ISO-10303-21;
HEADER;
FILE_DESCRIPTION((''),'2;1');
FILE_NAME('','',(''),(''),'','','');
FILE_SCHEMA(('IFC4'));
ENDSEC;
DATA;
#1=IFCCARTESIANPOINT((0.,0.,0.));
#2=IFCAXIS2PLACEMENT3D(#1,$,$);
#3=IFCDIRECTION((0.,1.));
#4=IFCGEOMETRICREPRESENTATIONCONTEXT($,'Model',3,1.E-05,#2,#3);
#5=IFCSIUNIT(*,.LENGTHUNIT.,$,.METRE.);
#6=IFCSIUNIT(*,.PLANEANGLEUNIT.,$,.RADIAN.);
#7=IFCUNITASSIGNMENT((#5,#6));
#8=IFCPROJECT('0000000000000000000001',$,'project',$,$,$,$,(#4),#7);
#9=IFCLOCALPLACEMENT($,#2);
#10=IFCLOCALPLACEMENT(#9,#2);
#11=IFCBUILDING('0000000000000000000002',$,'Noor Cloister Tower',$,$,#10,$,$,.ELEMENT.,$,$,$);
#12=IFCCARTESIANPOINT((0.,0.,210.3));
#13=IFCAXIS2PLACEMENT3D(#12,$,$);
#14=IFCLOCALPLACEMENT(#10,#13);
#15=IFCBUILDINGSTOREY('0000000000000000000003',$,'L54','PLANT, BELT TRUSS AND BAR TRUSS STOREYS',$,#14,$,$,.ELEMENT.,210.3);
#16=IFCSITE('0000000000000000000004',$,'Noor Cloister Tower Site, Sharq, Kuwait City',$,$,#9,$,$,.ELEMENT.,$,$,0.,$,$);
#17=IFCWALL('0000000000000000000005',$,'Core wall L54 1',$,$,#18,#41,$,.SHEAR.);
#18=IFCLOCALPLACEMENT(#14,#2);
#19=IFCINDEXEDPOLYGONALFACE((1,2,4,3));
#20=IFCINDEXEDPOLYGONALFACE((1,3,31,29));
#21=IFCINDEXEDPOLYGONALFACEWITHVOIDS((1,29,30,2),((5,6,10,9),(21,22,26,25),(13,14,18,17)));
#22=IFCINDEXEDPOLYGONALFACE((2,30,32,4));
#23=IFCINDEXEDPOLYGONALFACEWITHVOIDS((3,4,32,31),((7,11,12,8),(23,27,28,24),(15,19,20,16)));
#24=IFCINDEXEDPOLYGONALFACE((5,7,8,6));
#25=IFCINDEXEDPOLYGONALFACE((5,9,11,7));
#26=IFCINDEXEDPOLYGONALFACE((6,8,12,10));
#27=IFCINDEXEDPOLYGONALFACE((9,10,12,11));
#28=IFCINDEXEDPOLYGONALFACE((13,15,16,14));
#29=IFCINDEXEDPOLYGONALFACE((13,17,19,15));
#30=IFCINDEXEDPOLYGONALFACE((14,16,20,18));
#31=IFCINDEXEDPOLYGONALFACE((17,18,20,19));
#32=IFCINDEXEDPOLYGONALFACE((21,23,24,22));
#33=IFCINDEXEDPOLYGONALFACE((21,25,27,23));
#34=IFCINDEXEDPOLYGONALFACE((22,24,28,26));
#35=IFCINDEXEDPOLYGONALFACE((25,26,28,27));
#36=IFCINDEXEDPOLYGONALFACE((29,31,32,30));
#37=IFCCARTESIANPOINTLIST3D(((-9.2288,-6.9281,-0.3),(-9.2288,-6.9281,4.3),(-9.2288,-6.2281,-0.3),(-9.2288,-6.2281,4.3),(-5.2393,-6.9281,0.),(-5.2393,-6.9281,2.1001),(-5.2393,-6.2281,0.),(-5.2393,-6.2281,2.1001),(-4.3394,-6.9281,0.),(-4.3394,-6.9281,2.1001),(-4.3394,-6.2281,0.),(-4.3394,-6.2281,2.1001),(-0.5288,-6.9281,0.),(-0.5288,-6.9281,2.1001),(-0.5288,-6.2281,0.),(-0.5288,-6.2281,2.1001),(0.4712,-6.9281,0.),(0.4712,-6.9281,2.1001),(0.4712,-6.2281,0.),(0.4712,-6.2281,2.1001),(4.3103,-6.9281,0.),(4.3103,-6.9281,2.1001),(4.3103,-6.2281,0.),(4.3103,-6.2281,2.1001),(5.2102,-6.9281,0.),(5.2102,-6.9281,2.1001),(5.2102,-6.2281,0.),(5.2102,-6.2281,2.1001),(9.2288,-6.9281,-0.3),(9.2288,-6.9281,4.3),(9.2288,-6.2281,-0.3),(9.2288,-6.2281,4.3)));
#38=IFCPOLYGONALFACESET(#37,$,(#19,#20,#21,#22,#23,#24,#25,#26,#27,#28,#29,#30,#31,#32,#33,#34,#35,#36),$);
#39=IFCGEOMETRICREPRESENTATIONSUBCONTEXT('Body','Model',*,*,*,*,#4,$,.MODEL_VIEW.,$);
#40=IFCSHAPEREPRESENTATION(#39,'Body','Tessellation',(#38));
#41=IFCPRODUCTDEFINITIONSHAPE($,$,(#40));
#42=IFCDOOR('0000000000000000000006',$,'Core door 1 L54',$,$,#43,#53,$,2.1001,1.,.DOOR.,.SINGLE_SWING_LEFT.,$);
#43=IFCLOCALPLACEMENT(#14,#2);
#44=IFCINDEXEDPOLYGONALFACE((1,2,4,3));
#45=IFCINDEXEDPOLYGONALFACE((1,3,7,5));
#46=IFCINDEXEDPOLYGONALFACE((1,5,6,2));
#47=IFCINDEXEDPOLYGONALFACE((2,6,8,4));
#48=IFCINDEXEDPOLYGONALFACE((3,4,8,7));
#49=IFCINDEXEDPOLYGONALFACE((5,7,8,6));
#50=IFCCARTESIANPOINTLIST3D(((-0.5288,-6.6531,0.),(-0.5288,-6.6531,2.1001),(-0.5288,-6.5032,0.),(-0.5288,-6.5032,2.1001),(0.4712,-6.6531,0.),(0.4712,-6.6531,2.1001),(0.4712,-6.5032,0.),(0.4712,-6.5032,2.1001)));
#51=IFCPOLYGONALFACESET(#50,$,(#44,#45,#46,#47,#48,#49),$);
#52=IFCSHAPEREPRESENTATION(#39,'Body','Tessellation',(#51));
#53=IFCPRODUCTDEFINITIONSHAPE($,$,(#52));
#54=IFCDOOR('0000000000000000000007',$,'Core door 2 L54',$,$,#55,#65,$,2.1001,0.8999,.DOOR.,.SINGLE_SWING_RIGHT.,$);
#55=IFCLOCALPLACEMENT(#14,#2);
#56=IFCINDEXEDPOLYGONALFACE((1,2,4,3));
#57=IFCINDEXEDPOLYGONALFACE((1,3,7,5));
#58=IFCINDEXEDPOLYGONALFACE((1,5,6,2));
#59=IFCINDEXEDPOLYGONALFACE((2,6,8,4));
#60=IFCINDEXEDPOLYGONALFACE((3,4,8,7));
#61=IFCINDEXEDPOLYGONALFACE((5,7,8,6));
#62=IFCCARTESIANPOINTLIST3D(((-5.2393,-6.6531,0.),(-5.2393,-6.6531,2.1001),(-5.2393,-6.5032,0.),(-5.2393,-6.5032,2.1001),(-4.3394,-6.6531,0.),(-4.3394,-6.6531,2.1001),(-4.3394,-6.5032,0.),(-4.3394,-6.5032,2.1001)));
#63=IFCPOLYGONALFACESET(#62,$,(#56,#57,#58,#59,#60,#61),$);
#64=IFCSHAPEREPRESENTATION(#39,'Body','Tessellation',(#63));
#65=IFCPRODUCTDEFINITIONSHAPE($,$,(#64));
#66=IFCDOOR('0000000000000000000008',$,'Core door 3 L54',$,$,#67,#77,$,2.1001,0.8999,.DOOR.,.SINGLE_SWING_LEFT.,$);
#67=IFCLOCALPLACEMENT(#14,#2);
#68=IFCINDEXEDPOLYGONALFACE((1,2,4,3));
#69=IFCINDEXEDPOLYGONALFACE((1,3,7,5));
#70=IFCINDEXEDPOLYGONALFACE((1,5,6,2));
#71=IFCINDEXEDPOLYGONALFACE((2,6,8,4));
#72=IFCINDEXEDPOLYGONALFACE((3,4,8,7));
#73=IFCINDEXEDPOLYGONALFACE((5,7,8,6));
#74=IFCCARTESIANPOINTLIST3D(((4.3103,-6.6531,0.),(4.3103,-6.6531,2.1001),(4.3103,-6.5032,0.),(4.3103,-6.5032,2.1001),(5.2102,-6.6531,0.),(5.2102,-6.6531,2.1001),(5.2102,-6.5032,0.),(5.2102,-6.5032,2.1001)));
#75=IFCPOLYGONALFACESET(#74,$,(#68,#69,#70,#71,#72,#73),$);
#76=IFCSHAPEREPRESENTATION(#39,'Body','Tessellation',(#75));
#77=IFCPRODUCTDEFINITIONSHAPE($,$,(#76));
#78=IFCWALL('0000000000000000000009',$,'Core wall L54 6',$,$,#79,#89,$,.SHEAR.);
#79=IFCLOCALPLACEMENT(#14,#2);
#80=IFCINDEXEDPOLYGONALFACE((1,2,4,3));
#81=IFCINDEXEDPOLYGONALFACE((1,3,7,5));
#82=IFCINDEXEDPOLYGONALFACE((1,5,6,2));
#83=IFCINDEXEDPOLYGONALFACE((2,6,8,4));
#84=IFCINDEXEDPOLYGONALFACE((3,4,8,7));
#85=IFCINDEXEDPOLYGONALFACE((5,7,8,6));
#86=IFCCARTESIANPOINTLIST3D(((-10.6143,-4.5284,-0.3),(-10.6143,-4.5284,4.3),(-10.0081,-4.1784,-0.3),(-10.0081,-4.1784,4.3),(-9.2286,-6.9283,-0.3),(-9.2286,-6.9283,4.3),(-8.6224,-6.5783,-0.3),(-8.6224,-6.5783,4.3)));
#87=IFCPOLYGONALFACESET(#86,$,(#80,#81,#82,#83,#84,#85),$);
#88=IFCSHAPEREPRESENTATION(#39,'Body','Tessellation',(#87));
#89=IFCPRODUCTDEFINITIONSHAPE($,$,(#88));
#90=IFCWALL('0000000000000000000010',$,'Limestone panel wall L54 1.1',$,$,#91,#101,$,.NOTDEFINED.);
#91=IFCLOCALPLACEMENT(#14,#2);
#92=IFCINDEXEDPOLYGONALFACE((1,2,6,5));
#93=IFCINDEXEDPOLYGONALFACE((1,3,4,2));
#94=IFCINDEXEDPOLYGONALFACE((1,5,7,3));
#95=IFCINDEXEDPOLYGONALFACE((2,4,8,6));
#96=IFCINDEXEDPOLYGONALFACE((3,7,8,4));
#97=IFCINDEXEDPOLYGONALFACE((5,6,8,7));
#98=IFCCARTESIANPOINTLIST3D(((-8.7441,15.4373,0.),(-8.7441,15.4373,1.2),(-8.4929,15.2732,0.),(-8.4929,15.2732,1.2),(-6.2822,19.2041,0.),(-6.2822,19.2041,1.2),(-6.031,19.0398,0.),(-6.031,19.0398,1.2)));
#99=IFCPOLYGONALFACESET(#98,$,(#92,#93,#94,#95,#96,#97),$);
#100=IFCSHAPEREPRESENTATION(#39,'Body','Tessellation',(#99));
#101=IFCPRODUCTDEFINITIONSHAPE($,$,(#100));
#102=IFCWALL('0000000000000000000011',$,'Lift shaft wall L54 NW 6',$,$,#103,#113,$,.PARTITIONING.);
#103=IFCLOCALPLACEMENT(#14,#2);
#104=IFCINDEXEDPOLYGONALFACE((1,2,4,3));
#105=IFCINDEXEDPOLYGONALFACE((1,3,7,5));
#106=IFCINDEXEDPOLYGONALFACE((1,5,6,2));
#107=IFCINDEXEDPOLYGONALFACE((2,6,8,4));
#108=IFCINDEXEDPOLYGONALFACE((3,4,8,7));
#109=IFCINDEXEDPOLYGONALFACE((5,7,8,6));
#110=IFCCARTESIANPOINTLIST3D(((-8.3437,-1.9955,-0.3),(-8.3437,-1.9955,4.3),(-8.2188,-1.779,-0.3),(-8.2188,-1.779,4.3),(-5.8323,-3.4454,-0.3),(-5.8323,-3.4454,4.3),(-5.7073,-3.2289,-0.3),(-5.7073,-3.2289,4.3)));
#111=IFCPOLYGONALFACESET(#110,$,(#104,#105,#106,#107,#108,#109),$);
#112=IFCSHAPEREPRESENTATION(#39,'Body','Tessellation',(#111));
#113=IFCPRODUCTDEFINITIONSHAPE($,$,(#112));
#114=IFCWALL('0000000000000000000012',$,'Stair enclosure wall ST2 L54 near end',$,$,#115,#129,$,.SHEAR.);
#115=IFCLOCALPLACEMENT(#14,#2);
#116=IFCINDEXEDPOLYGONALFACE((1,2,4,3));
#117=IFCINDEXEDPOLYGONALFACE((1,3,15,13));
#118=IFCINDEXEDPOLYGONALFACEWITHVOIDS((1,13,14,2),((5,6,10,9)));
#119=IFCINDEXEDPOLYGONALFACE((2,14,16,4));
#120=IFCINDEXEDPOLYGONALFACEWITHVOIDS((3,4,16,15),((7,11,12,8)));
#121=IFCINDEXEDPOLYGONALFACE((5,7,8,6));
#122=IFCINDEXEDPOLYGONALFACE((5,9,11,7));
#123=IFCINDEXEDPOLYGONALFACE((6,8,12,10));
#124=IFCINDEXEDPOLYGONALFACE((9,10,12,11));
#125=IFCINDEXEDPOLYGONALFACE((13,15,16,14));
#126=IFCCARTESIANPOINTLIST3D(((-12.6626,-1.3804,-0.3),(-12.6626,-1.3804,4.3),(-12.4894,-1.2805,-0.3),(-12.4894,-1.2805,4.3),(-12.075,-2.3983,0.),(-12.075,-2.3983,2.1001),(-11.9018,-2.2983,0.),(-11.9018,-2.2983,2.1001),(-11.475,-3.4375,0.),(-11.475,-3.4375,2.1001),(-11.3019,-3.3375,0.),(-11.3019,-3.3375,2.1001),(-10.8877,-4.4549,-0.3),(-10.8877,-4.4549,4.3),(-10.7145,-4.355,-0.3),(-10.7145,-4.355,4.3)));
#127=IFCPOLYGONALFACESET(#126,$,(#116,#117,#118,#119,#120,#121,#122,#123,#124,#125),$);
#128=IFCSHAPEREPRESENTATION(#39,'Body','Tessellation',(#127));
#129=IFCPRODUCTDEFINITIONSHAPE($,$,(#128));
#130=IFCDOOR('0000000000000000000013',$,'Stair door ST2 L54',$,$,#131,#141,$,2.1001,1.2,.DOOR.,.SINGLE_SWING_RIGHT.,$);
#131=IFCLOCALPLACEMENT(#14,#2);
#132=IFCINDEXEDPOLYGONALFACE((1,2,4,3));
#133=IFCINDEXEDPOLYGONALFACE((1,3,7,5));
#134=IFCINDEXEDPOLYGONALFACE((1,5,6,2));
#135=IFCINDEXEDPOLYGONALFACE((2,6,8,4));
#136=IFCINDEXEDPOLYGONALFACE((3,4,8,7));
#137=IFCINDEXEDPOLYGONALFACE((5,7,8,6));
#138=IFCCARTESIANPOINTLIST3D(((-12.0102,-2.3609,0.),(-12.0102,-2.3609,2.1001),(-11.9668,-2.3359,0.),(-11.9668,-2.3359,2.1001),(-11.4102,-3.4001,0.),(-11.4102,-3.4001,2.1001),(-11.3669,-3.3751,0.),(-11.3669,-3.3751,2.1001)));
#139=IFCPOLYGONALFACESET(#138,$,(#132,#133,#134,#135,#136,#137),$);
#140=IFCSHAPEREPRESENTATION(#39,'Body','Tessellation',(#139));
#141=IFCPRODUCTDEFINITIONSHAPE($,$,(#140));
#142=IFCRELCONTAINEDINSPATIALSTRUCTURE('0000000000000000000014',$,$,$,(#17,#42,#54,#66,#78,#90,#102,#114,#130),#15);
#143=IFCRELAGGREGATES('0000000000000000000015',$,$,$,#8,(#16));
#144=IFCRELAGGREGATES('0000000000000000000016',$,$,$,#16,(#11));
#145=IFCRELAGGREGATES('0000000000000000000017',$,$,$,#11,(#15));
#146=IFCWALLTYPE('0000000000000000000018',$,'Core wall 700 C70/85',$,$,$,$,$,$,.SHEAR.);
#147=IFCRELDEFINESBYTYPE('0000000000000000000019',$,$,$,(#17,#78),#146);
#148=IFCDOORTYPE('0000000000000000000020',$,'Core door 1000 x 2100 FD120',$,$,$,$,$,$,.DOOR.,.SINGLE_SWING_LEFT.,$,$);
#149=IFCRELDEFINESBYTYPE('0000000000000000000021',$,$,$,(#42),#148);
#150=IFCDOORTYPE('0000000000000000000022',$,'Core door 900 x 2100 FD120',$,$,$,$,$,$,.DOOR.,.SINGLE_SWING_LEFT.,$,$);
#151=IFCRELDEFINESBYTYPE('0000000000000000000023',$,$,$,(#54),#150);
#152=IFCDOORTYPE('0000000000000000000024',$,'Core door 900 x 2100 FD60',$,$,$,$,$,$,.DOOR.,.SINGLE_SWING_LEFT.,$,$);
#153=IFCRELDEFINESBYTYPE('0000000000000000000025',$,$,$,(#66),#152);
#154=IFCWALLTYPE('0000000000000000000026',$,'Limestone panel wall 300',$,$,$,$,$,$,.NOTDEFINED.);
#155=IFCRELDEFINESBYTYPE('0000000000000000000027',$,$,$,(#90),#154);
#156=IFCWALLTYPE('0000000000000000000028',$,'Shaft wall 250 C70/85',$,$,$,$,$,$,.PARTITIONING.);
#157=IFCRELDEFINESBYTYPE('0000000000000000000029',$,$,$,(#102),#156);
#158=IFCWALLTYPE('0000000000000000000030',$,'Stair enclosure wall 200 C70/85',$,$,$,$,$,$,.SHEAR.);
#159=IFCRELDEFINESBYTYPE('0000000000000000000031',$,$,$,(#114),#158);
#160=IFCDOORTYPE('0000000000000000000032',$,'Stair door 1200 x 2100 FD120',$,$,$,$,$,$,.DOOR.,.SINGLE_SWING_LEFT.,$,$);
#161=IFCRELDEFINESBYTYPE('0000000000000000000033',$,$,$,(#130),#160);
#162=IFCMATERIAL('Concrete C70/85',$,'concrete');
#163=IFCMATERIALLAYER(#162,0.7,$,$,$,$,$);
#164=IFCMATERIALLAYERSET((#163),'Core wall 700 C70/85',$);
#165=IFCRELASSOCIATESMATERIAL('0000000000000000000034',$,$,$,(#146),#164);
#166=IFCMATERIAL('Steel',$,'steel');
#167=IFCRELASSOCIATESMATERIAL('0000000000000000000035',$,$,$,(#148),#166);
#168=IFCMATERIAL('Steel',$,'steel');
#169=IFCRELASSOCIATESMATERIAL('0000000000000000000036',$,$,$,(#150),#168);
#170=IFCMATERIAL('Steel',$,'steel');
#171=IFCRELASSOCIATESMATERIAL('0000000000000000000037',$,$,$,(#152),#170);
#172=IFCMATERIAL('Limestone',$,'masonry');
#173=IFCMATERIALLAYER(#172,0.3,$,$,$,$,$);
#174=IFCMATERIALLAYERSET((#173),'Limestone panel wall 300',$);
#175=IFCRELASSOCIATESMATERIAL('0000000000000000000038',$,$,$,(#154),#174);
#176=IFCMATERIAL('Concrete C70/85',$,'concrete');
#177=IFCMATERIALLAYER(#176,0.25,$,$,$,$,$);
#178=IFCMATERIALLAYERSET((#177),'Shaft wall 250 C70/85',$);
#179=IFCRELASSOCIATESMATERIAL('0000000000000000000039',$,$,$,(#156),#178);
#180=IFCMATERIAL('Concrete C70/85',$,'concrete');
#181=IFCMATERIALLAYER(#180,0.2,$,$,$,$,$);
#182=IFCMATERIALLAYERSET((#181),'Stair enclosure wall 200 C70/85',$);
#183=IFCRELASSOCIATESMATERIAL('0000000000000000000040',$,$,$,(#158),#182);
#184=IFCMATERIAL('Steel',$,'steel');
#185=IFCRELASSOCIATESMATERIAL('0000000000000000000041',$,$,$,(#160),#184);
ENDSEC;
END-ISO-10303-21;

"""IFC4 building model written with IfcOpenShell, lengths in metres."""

from ifc_helpers import new_model, si_unit, direction, frame, frame_2d, origin, place, context, subcontext, project, spatial, polyline, rectangle, outline, extrude, material, layer, layer_set, type_object, element, fill, save


model = new_model("IFC4")

# Units and contexts
model_context = context("Model", 3, precision=1e-05, world=origin(), true_north=direction((0.0, 1.0)))
body_context = subcontext(model_context, "Body", "Model", "MODEL_VIEW")
ifc_project = project(units=[si_unit("LENGTHUNIT", "METRE"), si_unit("PLANEANGLEUNIT", "RADIAN")], contexts=[model_context])

# Site, building, storey
site_placement = place(None, origin())
site = spatial("IfcSite", under=ifc_project, at=site_placement, Name="Noor Cloister Tower Site, Sharq, Kuwait City", CompositionType="ELEMENT", RefElevation=0.0)
building_placement = place(site_placement, origin())
building = spatial("IfcBuilding", under=site, at=building_placement, Name="Noor Cloister Tower", CompositionType="ELEMENT")
storey_placement = place(building_placement, frame((0.0, 0.0, 210.3)))
storey = spatial("IfcBuildingStorey", under=building, at=storey_placement, Name="L54", Description="PLANT, BELT TRUSS AND BAR TRUSS STOREYS", CompositionType="ELEMENT", Elevation=210.3)

# Wall, openings, doors
ifc_material_1 = material(Name="Concrete C70/85", Category="concrete")
ifc_layer_1 = layer(ifc_material_1, 0.7)
ifc_layer_set_1 = layer_set([ifc_layer_1], Name="Core wall 700 C70/85")
wall_type_1 = type_object("IfcWallType", Name="Core wall 700 C70/85", PredefinedType="SHEAR", material=ifc_layer_set_1)
wall_1_placement = place(storey_placement, frame((-9.2288, -6.5781, -0.3), z_axis=(0.0, 0.0, 1.0), x_axis=(1.0, 0.0, 0.0)))
wall_1 = element("IfcWall", 1, at=wall_1_placement, inside=storey, type_object=wall_type_1, Name="Core wall L54 1", PredefinedType="SHEAR", context=body_context, shape_type="SweptSolid", body=[
    extrude(rectangle(XDim=18.4575, YDim=0.7, at=frame_2d((9.2288, 0.0))), origin(), (0.0, 0.0, 1.0), 4.6001),
])
opening_1_placement = place(wall_1_placement, frame((8.7, 0.0, 0.3)))
opening_1 = element("IfcOpeningElement", 2, at=opening_1_placement, cuts=wall_1, PredefinedType="OPENING", context=body_context, shape_type="SweptSolid", body=[
    extrude(rectangle(XDim=1.0, YDim=2.1001, at=frame_2d((0.5, 1.05))), frame((0.0, 0.3599, 0.0), z_axis=(0.0, -1.0, 0.0), x_axis=(1.0, 0.0, 0.0)), (0.0, 0.0, 1.0), 0.72),
])
opening_2_placement = place(wall_1_placement, frame((3.9895, 0.0, 0.3)))
opening_2 = element("IfcOpeningElement", 3, at=opening_2_placement, cuts=wall_1, PredefinedType="OPENING", context=body_context, shape_type="SweptSolid", body=[
    extrude(rectangle(XDim=0.8999, YDim=2.1001, at=frame_2d((0.45, 1.05))), frame((0.0, 0.3599, 0.0), z_axis=(0.0, -1.0, 0.0), x_axis=(1.0, 0.0, 0.0)), (0.0, 0.0, 1.0), 0.72),
])
opening_3_placement = place(wall_1_placement, frame((13.5391, 0.0, 0.3)))
opening_3 = element("IfcOpeningElement", 4, at=opening_3_placement, cuts=wall_1, PredefinedType="OPENING", context=body_context, shape_type="SweptSolid", body=[
    extrude(rectangle(XDim=0.8999, YDim=2.1001, at=frame_2d((0.45, 1.05))), frame((0.0, 0.3599, 0.0), z_axis=(0.0, -1.0, 0.0), x_axis=(1.0, 0.0, 0.0)), (0.0, 0.0, 1.0), 0.72),
])
ifc_material_2 = material(Name="Steel", Category="steel")
door_type_1 = type_object("IfcDoorType", Name="Core door 1000 x 2100 FD120", OperationType="SINGLE_SWING_LEFT", PredefinedType="DOOR", material=ifc_material_2)
door_1_placement = place(opening_1_placement, origin())
door_1 = element("IfcDoor", 5, at=door_1_placement, inside=storey, type_object=door_type_1, Name="Core door 1 L54", OperationType="SINGLE_SWING_LEFT", OverallHeight=2.1001, OverallWidth=1.0, PredefinedType="DOOR", context=body_context, shape_type="SweptSolid", body=[
    extrude(rectangle(XDim=1.0, YDim=2.1001, at=frame_2d((0.5, 1.05))), frame((0.0, 0.075, 0.0), z_axis=(0.0, -1.0, 0.0), x_axis=(1.0, 0.0, 0.0)), (0.0, 0.0, 1.0), 0.1499),
])
fill(opening_1, door_1)
ifc_material_3 = material(Name="Steel", Category="steel")
door_type_2 = type_object("IfcDoorType", Name="Core door 900 x 2100 FD120", OperationType="SINGLE_SWING_LEFT", PredefinedType="DOOR", material=ifc_material_3)
door_2_placement = place(opening_2_placement, origin())
door_2 = element("IfcDoor", 6, at=door_2_placement, inside=storey, type_object=door_type_2, Name="Core door 2 L54", OperationType="SINGLE_SWING_RIGHT", OverallHeight=2.1001, OverallWidth=0.8999, PredefinedType="DOOR", context=body_context, shape_type="SweptSolid", body=[
    extrude(rectangle(XDim=0.8999, YDim=2.1001, at=frame_2d((0.45, 1.05))), frame((0.0, 0.075, 0.0), z_axis=(0.0, -1.0, 0.0), x_axis=(1.0, 0.0, 0.0)), (0.0, 0.0, 1.0), 0.1499),
])
fill(opening_2, door_2)
ifc_material_4 = material(Name="Steel", Category="steel")
door_type_3 = type_object("IfcDoorType", Name="Core door 900 x 2100 FD60", OperationType="SINGLE_SWING_LEFT", PredefinedType="DOOR", material=ifc_material_4)
door_3_placement = place(opening_3_placement, origin())
door_3 = element("IfcDoor", 7, at=door_3_placement, inside=storey, type_object=door_type_3, Name="Core door 3 L54", OperationType="SINGLE_SWING_LEFT", OverallHeight=2.1001, OverallWidth=0.8999, PredefinedType="DOOR", context=body_context, shape_type="SweptSolid", body=[
    extrude(rectangle(XDim=0.8999, YDim=2.1001, at=frame_2d((0.45, 1.05))), frame((0.0, 0.075, 0.0), z_axis=(0.0, -1.0, 0.0), x_axis=(1.0, 0.0, 0.0)), (0.0, 0.0, 1.0), 0.1499),
])
fill(opening_3, door_3)

# Walls
wall_2_placement = place(storey_placement, frame((-10.3113, -4.3533, -0.3), z_axis=(0.0, 0.0, 1.0), x_axis=(0.500043, -0.866001, 0.0)))
element("IfcWall", 8, at=wall_2_placement, inside=storey, type_object=wall_type_1, Name="Core wall L54 6", PredefinedType="SHEAR", context=body_context, shape_type="SweptSolid", body=[
    extrude(rectangle(XDim=2.7712, YDim=0.7, at=frame_2d((1.3857, 0.0))), origin(), (0.0, 0.0, 1.0), 4.6001),
])
ifc_material_5 = material(Name="Limestone", Category="masonry")
ifc_layer_2 = layer(ifc_material_5, 0.3)
ifc_layer_set_2 = layer_set([ifc_layer_2], Name="Limestone panel wall 300")
wall_type_2 = type_object("IfcWallType", Name="Limestone panel wall 300", PredefinedType="NOTDEFINED", material=ifc_layer_set_2)
wall_3_placement = place(storey_placement, origin())
element("IfcWall", 9, at=wall_3_placement, inside=storey, type_object=wall_type_2, Name="Limestone panel wall L54 1.1", PredefinedType="NOTDEFINED", context=body_context, shape_type="SweptSolid", body=[
    extrude(outline(polyline([(-6.2822, 19.2041), (-8.7441, 15.4373), (-8.4929, 15.2732), (-6.031, 19.0398), (-6.2822, 19.2041)])), origin(), (0.0, 0.0, 1.0), 1.2),
])
ifc_material_6 = material(Name="Concrete C70/85", Category="concrete")
ifc_layer_3 = layer(ifc_material_6, 0.25)
ifc_layer_set_3 = layer_set([ifc_layer_3], Name="Shaft wall 250 C70/85")
wall_type_3 = type_object("IfcWallType", Name="Shaft wall 250 C70/85", PredefinedType="PARTITIONING", material=ifc_layer_set_3)
wall_4_placement = place(storey_placement, frame((-8.2812, -1.8872, -0.3), z_axis=(0.0, 0.0, 1.0), x_axis=(0.866033, -0.499987, 0.0)))
element("IfcWall", 10, at=wall_4_placement, inside=storey, type_object=wall_type_3, Name="Lift shaft wall L54 NW 6", PredefinedType="PARTITIONING", context=body_context, shape_type="SweptSolid", body=[
    extrude(rectangle(XDim=2.8999, YDim=0.25, at=frame_2d((1.45, 0.0))), origin(), (0.0, 0.0, 1.0), 4.6001),
])

# Wall, opening, door
ifc_material_7 = material(Name="Concrete C70/85", Category="concrete")
ifc_layer_4 = layer(ifc_material_7, 0.2)
ifc_layer_set_4 = layer_set([ifc_layer_4], Name="Stair enclosure wall 200 C70/85")
wall_type_4 = type_object("IfcWallType", Name="Stair enclosure wall 200 C70/85", PredefinedType="SHEAR", material=ifc_layer_set_4)
wall_5_placement = place(storey_placement, frame((-12.5759, -1.3306, -0.3), z_axis=(0.0, 0.0, 1.0), x_axis=(0.49997, -0.866042, 0.0)))
wall_5 = element("IfcWall", 11, at=wall_5_placement, inside=storey, type_object=wall_type_4, Name="Stair enclosure wall ST2 L54 near end", PredefinedType="SHEAR", context=body_context, shape_type="SweptSolid", body=[
    extrude(rectangle(XDim=3.55, YDim=0.2, at=frame_2d((1.7749, 0.0))), origin(), (0.0, 0.0, 1.0), 4.6001),
])
opening_4_placement = place(wall_5_placement, frame((1.175, 0.0, 0.3)))
opening_4 = element("IfcOpeningElement", 12, at=opening_4_placement, cuts=wall_5, PredefinedType="OPENING", context=body_context, shape_type="SweptSolid", body=[
    extrude(rectangle(XDim=1.2, YDim=2.1001, at=frame_2d((0.6001, 1.05))), frame((0.0, 0.1099, 0.0), z_axis=(0.0, -1.0, 0.0), x_axis=(1.0, 0.0, 0.0)), (0.0, 0.0, 1.0), 0.22),
])
ifc_material_8 = material(Name="Steel", Category="steel")
door_type_4 = type_object("IfcDoorType", Name="Stair door 1200 x 2100 FD120", OperationType="SINGLE_SWING_LEFT", PredefinedType="DOOR", material=ifc_material_8)
door_4_placement = place(opening_4_placement, origin())
door_4 = element("IfcDoor", 13, at=door_4_placement, inside=storey, type_object=door_type_4, Name="Stair door ST2 L54", OperationType="SINGLE_SWING_RIGHT", OverallHeight=2.1001, OverallWidth=1.2, PredefinedType="DOOR", context=body_context, shape_type="SweptSolid", body=[
    extrude(rectangle(XDim=1.2, YDim=2.1001, at=frame_2d((0.6001, 1.05))), frame((0.0, 0.0249, 0.0), z_axis=(0.0, -1.0, 0.0), x_axis=(1.0, 0.0, 0.0)), (0.0, 0.0, 1.0), 0.05),
])
fill(opening_4, door_4)

save(model, "model.ifc")
